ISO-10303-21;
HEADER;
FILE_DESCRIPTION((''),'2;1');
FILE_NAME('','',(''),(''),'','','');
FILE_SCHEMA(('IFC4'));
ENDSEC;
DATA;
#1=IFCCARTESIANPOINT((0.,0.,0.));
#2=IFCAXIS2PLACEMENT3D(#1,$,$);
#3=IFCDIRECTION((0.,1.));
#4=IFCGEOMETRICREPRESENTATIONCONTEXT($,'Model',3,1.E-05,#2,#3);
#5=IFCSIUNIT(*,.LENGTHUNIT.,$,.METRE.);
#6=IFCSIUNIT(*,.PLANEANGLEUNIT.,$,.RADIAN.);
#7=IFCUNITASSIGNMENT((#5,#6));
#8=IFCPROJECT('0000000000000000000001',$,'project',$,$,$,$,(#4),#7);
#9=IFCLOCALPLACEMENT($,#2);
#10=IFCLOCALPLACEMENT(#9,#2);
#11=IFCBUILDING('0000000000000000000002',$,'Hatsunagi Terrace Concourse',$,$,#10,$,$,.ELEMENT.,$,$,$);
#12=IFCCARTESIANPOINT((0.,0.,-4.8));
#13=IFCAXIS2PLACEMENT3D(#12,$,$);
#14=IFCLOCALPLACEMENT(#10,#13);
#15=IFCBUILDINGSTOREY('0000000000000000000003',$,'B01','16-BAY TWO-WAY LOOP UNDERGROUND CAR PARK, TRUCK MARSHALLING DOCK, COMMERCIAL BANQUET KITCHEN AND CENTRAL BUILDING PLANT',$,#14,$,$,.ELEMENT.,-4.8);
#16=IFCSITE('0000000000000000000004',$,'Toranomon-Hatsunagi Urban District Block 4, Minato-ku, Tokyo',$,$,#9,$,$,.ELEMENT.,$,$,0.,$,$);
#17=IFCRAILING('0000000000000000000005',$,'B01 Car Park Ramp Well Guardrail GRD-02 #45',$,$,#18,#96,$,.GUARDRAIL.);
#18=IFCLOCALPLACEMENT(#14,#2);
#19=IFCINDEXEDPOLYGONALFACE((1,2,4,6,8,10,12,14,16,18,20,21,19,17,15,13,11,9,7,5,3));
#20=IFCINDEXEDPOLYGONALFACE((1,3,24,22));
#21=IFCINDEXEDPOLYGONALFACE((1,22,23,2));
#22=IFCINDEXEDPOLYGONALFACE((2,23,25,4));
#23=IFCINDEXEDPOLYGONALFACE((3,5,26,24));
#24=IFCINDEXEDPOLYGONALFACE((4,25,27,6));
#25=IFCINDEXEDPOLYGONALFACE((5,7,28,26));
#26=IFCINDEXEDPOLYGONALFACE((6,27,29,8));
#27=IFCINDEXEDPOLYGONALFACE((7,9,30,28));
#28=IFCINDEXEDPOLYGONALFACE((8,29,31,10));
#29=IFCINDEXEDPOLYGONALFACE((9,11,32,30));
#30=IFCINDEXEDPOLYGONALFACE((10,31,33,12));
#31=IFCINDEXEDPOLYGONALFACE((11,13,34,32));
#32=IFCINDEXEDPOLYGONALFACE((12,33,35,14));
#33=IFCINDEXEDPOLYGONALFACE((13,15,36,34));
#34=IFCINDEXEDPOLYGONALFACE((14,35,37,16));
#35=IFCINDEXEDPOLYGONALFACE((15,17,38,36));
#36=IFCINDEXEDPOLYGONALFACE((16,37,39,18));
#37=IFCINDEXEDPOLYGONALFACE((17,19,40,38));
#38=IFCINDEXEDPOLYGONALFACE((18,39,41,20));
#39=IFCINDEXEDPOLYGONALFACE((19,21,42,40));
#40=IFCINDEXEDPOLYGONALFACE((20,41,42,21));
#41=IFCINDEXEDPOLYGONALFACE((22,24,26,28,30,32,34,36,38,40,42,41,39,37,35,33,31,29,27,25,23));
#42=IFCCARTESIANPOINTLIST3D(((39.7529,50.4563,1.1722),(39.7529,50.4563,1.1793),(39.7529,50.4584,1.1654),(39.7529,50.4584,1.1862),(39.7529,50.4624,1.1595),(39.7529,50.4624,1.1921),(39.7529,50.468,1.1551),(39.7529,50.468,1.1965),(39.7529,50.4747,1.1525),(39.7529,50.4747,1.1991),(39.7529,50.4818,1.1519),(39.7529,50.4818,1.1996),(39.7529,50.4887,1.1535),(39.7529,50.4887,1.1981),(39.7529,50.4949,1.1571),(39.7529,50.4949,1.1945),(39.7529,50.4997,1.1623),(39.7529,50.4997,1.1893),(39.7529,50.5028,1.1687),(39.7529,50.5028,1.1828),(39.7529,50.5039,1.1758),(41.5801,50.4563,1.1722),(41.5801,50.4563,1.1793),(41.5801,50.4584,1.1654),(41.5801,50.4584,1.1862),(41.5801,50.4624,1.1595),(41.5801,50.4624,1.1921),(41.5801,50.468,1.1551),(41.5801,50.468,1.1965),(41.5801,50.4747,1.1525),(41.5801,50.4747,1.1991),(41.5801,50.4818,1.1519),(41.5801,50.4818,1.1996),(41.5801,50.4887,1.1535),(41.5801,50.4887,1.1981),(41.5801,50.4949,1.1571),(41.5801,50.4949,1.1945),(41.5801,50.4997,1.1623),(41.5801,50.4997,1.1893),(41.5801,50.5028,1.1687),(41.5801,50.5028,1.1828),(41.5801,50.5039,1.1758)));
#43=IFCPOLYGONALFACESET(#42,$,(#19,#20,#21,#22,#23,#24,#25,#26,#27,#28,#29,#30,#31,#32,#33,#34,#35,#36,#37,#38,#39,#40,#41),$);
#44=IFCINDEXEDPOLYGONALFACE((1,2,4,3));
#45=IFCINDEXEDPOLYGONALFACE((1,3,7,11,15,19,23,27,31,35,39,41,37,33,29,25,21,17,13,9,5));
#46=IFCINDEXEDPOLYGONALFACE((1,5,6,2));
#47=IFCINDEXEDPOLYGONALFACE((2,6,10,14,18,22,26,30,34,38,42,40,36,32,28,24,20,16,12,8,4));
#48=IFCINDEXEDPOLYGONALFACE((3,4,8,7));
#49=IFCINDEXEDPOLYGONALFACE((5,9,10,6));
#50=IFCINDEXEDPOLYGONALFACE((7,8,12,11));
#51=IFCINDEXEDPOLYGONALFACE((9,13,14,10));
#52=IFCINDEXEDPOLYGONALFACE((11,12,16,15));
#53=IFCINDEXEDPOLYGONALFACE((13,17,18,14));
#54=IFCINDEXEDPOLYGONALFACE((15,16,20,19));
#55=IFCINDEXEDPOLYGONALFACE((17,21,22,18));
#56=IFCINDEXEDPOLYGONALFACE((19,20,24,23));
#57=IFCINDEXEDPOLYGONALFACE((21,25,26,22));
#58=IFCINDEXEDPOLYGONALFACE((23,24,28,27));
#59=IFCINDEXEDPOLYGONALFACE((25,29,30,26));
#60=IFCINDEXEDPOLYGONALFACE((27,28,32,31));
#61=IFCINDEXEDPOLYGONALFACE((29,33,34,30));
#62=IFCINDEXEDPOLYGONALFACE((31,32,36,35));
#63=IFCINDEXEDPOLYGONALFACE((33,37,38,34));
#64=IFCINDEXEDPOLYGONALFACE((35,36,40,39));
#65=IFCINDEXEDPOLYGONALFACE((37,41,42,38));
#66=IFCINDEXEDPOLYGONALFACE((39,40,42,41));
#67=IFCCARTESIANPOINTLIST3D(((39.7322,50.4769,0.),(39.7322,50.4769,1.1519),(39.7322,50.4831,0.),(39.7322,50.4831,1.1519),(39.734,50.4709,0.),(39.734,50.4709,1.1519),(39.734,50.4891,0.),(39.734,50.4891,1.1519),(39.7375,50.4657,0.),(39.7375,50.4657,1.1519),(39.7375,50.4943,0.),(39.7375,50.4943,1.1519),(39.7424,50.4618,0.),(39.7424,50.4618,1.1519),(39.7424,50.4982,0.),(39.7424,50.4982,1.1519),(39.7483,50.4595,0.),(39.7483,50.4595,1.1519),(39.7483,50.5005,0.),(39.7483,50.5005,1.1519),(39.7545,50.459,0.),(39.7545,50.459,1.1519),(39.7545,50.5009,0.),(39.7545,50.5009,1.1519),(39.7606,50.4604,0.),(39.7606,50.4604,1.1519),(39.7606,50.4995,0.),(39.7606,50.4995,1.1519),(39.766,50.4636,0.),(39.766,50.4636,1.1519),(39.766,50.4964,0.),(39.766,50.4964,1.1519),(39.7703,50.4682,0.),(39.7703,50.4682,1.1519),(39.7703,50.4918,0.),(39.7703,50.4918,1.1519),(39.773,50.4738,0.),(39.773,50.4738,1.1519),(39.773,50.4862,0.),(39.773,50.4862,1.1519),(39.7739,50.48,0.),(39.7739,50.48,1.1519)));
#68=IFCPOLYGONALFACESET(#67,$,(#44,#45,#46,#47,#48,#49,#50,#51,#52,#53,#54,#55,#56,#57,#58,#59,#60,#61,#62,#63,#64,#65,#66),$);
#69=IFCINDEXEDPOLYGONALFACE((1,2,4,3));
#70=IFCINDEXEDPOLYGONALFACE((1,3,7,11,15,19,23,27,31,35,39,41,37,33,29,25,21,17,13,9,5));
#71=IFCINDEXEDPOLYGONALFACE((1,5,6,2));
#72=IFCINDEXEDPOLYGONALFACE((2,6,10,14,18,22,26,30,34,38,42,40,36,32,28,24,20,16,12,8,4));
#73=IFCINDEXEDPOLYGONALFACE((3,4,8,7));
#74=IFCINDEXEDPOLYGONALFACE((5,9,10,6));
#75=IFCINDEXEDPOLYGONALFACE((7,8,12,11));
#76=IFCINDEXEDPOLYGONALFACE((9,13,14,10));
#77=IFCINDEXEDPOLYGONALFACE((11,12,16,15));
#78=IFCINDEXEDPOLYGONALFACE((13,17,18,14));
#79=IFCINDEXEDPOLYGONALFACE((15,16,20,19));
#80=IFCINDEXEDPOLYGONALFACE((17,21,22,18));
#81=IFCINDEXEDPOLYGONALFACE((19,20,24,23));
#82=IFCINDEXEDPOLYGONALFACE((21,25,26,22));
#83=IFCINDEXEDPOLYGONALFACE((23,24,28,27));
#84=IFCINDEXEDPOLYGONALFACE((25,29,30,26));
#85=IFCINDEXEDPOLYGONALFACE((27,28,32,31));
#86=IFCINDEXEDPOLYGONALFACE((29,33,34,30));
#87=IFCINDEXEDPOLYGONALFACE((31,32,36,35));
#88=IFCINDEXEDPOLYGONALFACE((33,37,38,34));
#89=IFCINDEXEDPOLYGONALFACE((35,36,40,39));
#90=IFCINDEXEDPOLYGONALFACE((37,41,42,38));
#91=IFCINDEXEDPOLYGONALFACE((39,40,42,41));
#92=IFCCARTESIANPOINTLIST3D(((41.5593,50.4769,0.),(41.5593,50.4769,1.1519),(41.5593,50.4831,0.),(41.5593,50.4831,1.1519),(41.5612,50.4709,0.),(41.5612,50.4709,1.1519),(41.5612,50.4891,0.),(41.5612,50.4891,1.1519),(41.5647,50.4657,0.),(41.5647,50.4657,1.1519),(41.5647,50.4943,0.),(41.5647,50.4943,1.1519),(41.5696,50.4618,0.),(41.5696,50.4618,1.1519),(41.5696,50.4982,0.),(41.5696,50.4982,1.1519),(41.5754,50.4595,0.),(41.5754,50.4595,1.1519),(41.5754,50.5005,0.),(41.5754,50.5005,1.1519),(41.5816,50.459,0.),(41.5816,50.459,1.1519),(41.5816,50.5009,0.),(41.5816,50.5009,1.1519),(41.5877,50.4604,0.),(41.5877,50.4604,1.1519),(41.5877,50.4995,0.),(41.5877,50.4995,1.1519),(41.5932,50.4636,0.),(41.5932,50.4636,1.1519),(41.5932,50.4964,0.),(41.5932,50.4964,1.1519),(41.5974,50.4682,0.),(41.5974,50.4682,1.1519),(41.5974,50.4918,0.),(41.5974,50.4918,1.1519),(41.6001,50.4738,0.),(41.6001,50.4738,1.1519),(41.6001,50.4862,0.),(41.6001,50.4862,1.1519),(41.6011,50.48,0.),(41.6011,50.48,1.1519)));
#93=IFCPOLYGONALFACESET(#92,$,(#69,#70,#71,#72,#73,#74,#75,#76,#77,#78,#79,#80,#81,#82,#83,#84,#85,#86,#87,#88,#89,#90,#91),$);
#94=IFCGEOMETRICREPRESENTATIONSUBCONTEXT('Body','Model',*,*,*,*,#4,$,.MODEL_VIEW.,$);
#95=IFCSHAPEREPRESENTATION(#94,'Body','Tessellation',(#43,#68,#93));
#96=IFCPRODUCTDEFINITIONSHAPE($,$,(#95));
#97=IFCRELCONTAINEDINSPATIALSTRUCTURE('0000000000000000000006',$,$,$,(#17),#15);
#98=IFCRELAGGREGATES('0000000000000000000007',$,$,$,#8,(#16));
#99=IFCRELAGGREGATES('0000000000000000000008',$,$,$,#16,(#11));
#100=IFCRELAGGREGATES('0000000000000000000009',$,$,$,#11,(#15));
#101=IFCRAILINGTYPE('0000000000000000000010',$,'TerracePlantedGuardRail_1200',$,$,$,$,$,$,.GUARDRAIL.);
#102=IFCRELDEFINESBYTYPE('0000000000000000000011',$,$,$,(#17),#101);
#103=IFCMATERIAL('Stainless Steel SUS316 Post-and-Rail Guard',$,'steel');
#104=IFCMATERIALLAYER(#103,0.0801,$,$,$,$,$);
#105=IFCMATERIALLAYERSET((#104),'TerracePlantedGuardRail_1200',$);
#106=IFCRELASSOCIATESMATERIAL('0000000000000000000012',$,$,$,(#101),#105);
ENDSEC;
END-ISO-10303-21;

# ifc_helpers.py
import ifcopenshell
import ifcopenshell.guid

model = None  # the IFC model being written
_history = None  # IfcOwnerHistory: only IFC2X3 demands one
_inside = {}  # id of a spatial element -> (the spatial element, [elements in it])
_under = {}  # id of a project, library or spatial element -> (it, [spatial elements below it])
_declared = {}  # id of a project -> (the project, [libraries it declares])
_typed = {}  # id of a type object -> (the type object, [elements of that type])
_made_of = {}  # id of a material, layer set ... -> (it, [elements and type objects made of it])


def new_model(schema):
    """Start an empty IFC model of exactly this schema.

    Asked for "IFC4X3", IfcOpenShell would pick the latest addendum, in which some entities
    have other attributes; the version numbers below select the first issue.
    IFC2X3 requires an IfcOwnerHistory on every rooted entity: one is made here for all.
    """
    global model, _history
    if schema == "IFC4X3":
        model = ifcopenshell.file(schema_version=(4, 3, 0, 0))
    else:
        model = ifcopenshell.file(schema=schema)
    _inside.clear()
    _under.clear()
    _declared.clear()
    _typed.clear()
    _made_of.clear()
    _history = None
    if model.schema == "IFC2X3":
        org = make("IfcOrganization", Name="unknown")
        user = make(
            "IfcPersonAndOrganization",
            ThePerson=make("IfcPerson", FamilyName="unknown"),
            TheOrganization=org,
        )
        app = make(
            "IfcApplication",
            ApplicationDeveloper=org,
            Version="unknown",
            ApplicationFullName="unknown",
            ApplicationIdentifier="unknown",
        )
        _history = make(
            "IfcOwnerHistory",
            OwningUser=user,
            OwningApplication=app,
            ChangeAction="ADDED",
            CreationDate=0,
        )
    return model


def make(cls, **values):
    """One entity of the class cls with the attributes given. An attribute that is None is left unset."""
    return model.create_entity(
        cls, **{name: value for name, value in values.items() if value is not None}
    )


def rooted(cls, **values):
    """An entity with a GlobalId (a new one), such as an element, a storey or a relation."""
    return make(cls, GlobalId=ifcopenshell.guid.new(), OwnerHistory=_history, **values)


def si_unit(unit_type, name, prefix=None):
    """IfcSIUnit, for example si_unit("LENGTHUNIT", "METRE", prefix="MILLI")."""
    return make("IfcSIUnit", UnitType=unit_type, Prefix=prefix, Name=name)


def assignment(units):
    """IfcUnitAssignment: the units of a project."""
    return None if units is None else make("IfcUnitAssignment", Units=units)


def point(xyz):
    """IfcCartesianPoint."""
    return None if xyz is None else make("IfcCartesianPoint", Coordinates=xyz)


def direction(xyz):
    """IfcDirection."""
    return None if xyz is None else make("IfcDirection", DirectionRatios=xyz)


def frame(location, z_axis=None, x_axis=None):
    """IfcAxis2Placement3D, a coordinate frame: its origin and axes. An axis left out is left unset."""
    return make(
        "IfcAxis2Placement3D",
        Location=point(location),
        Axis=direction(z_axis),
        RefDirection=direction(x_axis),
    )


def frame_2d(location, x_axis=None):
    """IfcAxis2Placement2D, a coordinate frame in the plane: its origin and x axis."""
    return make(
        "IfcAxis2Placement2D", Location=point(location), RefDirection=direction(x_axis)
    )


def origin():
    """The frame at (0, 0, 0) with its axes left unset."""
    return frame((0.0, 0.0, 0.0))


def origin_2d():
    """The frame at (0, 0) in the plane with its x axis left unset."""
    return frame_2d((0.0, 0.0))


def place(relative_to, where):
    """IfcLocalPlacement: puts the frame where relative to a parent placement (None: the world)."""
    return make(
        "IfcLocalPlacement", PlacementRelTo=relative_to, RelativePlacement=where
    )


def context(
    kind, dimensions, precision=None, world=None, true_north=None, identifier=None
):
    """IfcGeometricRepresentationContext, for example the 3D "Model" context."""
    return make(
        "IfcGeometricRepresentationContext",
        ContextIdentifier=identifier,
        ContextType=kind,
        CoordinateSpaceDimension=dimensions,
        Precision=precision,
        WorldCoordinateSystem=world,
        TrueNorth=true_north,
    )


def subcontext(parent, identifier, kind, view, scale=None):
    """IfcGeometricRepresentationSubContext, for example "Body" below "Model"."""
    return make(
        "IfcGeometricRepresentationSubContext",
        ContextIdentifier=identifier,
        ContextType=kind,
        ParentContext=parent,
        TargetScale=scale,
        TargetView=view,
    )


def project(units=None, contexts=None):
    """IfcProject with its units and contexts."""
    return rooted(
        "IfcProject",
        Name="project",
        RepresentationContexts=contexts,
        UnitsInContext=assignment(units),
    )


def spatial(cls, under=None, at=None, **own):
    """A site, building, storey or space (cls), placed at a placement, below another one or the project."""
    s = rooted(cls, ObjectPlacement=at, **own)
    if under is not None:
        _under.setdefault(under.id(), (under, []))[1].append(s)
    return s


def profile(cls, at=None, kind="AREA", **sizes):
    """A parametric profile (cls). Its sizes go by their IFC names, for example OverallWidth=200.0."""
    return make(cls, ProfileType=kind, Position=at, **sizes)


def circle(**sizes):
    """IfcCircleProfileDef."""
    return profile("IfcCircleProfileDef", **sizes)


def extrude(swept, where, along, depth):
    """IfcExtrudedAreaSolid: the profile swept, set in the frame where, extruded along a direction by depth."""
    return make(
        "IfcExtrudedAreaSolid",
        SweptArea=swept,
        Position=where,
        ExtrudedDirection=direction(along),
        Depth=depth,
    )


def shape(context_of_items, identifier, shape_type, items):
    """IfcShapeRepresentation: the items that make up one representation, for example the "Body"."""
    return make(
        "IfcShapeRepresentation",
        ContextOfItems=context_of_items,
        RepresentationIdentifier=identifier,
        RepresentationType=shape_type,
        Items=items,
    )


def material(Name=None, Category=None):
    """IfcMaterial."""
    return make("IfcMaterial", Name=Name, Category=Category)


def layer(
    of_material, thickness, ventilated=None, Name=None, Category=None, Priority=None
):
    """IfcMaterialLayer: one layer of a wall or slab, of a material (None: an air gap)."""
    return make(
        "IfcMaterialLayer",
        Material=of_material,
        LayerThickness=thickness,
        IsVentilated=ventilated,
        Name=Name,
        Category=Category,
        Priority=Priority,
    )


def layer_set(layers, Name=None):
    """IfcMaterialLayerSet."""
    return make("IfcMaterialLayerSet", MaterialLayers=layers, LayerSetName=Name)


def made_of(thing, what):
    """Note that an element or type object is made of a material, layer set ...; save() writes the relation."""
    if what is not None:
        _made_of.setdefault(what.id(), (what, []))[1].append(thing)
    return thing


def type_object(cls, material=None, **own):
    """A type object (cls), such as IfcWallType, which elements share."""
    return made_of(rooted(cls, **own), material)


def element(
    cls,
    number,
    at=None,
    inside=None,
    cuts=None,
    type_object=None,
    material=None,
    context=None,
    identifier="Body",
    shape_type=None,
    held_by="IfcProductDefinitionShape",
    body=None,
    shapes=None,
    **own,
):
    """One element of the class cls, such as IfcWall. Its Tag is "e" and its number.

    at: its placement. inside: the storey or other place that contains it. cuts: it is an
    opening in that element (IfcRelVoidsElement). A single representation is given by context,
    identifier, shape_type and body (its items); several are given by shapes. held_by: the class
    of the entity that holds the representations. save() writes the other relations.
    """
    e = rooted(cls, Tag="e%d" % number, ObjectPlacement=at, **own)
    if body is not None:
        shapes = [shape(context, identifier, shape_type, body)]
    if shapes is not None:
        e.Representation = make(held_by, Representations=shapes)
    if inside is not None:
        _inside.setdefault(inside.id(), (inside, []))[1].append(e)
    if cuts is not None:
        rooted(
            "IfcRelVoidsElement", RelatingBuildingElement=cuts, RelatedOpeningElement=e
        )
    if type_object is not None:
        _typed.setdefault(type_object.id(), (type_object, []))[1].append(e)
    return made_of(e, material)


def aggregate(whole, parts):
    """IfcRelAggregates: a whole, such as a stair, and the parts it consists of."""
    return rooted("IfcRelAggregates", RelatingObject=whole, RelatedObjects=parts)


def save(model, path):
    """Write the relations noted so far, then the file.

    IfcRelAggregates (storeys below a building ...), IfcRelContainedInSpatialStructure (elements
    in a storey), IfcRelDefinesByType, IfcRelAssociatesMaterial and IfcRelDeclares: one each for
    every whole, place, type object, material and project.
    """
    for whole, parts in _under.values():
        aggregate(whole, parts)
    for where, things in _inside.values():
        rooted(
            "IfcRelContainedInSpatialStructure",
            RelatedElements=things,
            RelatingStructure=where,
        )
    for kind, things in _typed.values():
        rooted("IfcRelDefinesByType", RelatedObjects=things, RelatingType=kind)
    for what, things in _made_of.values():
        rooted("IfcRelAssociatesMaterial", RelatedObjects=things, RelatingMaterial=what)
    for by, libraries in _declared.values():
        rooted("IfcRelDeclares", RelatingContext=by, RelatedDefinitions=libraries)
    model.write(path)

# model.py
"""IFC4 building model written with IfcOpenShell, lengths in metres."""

from ifc_helpers import new_model, si_unit, direction, frame, origin, origin_2d, place, context, subcontext, project, spatial, circle, extrude, material, layer, layer_set, type_object, element, save


model = new_model("IFC4")

# Units and contexts
model_context = context("Model", 3, precision=1e-05, world=origin(), true_north=direction((0.0, 1.0)))
body_context = subcontext(model_context, "Body", "Model", "MODEL_VIEW")
ifc_project = project(units=[si_unit("LENGTHUNIT", "METRE"), si_unit("PLANEANGLEUNIT", "RADIAN")], contexts=[model_context])

# Site, building, storey
site_placement = place(None, origin())
site = spatial("IfcSite", under=ifc_project, at=site_placement, Name="Toranomon-Hatsunagi Urban District Block 4, Minato-ku, Tokyo", CompositionType="ELEMENT", RefElevation=0.0)
building_placement = place(site_placement, origin())
building = spatial("IfcBuilding", under=site, at=building_placement, Name="Hatsunagi Terrace Concourse", CompositionType="ELEMENT")
storey_placement = place(building_placement, frame((0.0, 0.0, -4.8)))
storey = spatial("IfcBuildingStorey", under=building, at=storey_placement, Name="B01", Description="16-BAY TWO-WAY LOOP UNDERGROUND CAR PARK, TRUCK MARSHALLING DOCK, COMMERCIAL BANQUET KITCHEN AND CENTRAL BUILDING PLANT", CompositionType="ELEMENT", Elevation=-4.8)

# Railing
ifc_material_1 = material(Name="Stainless Steel SUS316 Post-and-Rail Guard", Category="steel")
ifc_layer_1 = layer(ifc_material_1, 0.0801)
ifc_layer_set_1 = layer_set([ifc_layer_1], Name="TerracePlantedGuardRail_1200")
railing_type = type_object("IfcRailingType", Name="TerracePlantedGuardRail_1200", PredefinedType="GUARDRAIL", material=ifc_layer_set_1)
railing_1_placement = place(storey_placement, frame((39.7529, 50.48, 0.0)))
element("IfcRailing", 1, at=railing_1_placement, inside=storey, type_object=railing_type, Name="B01 Car Park Ramp Well Guardrail GRD-02 #45", PredefinedType="GUARDRAIL", context=body_context, shape_type="SweptSolid", body=[
    extrude(circle(Radius=0.0239, at=origin_2d()), frame((0.0, 0.0, 1.1758), z_axis=(1.0, 0.0, 0.0), x_axis=(0.0, 1.0, 0.0)), (0.0, 0.0, 1.0), 1.8271),
    extrude(circle(Radius=0.021, at=origin_2d()), origin(), (0.0, 0.0, 1.0), 1.1519),
    extrude(circle(Radius=0.021, at=origin_2d()), frame((1.8271, 0.0, 0.0)), (0.0, 0.0, 1.0), 1.1519),
])

save(model, "model.ifc")
